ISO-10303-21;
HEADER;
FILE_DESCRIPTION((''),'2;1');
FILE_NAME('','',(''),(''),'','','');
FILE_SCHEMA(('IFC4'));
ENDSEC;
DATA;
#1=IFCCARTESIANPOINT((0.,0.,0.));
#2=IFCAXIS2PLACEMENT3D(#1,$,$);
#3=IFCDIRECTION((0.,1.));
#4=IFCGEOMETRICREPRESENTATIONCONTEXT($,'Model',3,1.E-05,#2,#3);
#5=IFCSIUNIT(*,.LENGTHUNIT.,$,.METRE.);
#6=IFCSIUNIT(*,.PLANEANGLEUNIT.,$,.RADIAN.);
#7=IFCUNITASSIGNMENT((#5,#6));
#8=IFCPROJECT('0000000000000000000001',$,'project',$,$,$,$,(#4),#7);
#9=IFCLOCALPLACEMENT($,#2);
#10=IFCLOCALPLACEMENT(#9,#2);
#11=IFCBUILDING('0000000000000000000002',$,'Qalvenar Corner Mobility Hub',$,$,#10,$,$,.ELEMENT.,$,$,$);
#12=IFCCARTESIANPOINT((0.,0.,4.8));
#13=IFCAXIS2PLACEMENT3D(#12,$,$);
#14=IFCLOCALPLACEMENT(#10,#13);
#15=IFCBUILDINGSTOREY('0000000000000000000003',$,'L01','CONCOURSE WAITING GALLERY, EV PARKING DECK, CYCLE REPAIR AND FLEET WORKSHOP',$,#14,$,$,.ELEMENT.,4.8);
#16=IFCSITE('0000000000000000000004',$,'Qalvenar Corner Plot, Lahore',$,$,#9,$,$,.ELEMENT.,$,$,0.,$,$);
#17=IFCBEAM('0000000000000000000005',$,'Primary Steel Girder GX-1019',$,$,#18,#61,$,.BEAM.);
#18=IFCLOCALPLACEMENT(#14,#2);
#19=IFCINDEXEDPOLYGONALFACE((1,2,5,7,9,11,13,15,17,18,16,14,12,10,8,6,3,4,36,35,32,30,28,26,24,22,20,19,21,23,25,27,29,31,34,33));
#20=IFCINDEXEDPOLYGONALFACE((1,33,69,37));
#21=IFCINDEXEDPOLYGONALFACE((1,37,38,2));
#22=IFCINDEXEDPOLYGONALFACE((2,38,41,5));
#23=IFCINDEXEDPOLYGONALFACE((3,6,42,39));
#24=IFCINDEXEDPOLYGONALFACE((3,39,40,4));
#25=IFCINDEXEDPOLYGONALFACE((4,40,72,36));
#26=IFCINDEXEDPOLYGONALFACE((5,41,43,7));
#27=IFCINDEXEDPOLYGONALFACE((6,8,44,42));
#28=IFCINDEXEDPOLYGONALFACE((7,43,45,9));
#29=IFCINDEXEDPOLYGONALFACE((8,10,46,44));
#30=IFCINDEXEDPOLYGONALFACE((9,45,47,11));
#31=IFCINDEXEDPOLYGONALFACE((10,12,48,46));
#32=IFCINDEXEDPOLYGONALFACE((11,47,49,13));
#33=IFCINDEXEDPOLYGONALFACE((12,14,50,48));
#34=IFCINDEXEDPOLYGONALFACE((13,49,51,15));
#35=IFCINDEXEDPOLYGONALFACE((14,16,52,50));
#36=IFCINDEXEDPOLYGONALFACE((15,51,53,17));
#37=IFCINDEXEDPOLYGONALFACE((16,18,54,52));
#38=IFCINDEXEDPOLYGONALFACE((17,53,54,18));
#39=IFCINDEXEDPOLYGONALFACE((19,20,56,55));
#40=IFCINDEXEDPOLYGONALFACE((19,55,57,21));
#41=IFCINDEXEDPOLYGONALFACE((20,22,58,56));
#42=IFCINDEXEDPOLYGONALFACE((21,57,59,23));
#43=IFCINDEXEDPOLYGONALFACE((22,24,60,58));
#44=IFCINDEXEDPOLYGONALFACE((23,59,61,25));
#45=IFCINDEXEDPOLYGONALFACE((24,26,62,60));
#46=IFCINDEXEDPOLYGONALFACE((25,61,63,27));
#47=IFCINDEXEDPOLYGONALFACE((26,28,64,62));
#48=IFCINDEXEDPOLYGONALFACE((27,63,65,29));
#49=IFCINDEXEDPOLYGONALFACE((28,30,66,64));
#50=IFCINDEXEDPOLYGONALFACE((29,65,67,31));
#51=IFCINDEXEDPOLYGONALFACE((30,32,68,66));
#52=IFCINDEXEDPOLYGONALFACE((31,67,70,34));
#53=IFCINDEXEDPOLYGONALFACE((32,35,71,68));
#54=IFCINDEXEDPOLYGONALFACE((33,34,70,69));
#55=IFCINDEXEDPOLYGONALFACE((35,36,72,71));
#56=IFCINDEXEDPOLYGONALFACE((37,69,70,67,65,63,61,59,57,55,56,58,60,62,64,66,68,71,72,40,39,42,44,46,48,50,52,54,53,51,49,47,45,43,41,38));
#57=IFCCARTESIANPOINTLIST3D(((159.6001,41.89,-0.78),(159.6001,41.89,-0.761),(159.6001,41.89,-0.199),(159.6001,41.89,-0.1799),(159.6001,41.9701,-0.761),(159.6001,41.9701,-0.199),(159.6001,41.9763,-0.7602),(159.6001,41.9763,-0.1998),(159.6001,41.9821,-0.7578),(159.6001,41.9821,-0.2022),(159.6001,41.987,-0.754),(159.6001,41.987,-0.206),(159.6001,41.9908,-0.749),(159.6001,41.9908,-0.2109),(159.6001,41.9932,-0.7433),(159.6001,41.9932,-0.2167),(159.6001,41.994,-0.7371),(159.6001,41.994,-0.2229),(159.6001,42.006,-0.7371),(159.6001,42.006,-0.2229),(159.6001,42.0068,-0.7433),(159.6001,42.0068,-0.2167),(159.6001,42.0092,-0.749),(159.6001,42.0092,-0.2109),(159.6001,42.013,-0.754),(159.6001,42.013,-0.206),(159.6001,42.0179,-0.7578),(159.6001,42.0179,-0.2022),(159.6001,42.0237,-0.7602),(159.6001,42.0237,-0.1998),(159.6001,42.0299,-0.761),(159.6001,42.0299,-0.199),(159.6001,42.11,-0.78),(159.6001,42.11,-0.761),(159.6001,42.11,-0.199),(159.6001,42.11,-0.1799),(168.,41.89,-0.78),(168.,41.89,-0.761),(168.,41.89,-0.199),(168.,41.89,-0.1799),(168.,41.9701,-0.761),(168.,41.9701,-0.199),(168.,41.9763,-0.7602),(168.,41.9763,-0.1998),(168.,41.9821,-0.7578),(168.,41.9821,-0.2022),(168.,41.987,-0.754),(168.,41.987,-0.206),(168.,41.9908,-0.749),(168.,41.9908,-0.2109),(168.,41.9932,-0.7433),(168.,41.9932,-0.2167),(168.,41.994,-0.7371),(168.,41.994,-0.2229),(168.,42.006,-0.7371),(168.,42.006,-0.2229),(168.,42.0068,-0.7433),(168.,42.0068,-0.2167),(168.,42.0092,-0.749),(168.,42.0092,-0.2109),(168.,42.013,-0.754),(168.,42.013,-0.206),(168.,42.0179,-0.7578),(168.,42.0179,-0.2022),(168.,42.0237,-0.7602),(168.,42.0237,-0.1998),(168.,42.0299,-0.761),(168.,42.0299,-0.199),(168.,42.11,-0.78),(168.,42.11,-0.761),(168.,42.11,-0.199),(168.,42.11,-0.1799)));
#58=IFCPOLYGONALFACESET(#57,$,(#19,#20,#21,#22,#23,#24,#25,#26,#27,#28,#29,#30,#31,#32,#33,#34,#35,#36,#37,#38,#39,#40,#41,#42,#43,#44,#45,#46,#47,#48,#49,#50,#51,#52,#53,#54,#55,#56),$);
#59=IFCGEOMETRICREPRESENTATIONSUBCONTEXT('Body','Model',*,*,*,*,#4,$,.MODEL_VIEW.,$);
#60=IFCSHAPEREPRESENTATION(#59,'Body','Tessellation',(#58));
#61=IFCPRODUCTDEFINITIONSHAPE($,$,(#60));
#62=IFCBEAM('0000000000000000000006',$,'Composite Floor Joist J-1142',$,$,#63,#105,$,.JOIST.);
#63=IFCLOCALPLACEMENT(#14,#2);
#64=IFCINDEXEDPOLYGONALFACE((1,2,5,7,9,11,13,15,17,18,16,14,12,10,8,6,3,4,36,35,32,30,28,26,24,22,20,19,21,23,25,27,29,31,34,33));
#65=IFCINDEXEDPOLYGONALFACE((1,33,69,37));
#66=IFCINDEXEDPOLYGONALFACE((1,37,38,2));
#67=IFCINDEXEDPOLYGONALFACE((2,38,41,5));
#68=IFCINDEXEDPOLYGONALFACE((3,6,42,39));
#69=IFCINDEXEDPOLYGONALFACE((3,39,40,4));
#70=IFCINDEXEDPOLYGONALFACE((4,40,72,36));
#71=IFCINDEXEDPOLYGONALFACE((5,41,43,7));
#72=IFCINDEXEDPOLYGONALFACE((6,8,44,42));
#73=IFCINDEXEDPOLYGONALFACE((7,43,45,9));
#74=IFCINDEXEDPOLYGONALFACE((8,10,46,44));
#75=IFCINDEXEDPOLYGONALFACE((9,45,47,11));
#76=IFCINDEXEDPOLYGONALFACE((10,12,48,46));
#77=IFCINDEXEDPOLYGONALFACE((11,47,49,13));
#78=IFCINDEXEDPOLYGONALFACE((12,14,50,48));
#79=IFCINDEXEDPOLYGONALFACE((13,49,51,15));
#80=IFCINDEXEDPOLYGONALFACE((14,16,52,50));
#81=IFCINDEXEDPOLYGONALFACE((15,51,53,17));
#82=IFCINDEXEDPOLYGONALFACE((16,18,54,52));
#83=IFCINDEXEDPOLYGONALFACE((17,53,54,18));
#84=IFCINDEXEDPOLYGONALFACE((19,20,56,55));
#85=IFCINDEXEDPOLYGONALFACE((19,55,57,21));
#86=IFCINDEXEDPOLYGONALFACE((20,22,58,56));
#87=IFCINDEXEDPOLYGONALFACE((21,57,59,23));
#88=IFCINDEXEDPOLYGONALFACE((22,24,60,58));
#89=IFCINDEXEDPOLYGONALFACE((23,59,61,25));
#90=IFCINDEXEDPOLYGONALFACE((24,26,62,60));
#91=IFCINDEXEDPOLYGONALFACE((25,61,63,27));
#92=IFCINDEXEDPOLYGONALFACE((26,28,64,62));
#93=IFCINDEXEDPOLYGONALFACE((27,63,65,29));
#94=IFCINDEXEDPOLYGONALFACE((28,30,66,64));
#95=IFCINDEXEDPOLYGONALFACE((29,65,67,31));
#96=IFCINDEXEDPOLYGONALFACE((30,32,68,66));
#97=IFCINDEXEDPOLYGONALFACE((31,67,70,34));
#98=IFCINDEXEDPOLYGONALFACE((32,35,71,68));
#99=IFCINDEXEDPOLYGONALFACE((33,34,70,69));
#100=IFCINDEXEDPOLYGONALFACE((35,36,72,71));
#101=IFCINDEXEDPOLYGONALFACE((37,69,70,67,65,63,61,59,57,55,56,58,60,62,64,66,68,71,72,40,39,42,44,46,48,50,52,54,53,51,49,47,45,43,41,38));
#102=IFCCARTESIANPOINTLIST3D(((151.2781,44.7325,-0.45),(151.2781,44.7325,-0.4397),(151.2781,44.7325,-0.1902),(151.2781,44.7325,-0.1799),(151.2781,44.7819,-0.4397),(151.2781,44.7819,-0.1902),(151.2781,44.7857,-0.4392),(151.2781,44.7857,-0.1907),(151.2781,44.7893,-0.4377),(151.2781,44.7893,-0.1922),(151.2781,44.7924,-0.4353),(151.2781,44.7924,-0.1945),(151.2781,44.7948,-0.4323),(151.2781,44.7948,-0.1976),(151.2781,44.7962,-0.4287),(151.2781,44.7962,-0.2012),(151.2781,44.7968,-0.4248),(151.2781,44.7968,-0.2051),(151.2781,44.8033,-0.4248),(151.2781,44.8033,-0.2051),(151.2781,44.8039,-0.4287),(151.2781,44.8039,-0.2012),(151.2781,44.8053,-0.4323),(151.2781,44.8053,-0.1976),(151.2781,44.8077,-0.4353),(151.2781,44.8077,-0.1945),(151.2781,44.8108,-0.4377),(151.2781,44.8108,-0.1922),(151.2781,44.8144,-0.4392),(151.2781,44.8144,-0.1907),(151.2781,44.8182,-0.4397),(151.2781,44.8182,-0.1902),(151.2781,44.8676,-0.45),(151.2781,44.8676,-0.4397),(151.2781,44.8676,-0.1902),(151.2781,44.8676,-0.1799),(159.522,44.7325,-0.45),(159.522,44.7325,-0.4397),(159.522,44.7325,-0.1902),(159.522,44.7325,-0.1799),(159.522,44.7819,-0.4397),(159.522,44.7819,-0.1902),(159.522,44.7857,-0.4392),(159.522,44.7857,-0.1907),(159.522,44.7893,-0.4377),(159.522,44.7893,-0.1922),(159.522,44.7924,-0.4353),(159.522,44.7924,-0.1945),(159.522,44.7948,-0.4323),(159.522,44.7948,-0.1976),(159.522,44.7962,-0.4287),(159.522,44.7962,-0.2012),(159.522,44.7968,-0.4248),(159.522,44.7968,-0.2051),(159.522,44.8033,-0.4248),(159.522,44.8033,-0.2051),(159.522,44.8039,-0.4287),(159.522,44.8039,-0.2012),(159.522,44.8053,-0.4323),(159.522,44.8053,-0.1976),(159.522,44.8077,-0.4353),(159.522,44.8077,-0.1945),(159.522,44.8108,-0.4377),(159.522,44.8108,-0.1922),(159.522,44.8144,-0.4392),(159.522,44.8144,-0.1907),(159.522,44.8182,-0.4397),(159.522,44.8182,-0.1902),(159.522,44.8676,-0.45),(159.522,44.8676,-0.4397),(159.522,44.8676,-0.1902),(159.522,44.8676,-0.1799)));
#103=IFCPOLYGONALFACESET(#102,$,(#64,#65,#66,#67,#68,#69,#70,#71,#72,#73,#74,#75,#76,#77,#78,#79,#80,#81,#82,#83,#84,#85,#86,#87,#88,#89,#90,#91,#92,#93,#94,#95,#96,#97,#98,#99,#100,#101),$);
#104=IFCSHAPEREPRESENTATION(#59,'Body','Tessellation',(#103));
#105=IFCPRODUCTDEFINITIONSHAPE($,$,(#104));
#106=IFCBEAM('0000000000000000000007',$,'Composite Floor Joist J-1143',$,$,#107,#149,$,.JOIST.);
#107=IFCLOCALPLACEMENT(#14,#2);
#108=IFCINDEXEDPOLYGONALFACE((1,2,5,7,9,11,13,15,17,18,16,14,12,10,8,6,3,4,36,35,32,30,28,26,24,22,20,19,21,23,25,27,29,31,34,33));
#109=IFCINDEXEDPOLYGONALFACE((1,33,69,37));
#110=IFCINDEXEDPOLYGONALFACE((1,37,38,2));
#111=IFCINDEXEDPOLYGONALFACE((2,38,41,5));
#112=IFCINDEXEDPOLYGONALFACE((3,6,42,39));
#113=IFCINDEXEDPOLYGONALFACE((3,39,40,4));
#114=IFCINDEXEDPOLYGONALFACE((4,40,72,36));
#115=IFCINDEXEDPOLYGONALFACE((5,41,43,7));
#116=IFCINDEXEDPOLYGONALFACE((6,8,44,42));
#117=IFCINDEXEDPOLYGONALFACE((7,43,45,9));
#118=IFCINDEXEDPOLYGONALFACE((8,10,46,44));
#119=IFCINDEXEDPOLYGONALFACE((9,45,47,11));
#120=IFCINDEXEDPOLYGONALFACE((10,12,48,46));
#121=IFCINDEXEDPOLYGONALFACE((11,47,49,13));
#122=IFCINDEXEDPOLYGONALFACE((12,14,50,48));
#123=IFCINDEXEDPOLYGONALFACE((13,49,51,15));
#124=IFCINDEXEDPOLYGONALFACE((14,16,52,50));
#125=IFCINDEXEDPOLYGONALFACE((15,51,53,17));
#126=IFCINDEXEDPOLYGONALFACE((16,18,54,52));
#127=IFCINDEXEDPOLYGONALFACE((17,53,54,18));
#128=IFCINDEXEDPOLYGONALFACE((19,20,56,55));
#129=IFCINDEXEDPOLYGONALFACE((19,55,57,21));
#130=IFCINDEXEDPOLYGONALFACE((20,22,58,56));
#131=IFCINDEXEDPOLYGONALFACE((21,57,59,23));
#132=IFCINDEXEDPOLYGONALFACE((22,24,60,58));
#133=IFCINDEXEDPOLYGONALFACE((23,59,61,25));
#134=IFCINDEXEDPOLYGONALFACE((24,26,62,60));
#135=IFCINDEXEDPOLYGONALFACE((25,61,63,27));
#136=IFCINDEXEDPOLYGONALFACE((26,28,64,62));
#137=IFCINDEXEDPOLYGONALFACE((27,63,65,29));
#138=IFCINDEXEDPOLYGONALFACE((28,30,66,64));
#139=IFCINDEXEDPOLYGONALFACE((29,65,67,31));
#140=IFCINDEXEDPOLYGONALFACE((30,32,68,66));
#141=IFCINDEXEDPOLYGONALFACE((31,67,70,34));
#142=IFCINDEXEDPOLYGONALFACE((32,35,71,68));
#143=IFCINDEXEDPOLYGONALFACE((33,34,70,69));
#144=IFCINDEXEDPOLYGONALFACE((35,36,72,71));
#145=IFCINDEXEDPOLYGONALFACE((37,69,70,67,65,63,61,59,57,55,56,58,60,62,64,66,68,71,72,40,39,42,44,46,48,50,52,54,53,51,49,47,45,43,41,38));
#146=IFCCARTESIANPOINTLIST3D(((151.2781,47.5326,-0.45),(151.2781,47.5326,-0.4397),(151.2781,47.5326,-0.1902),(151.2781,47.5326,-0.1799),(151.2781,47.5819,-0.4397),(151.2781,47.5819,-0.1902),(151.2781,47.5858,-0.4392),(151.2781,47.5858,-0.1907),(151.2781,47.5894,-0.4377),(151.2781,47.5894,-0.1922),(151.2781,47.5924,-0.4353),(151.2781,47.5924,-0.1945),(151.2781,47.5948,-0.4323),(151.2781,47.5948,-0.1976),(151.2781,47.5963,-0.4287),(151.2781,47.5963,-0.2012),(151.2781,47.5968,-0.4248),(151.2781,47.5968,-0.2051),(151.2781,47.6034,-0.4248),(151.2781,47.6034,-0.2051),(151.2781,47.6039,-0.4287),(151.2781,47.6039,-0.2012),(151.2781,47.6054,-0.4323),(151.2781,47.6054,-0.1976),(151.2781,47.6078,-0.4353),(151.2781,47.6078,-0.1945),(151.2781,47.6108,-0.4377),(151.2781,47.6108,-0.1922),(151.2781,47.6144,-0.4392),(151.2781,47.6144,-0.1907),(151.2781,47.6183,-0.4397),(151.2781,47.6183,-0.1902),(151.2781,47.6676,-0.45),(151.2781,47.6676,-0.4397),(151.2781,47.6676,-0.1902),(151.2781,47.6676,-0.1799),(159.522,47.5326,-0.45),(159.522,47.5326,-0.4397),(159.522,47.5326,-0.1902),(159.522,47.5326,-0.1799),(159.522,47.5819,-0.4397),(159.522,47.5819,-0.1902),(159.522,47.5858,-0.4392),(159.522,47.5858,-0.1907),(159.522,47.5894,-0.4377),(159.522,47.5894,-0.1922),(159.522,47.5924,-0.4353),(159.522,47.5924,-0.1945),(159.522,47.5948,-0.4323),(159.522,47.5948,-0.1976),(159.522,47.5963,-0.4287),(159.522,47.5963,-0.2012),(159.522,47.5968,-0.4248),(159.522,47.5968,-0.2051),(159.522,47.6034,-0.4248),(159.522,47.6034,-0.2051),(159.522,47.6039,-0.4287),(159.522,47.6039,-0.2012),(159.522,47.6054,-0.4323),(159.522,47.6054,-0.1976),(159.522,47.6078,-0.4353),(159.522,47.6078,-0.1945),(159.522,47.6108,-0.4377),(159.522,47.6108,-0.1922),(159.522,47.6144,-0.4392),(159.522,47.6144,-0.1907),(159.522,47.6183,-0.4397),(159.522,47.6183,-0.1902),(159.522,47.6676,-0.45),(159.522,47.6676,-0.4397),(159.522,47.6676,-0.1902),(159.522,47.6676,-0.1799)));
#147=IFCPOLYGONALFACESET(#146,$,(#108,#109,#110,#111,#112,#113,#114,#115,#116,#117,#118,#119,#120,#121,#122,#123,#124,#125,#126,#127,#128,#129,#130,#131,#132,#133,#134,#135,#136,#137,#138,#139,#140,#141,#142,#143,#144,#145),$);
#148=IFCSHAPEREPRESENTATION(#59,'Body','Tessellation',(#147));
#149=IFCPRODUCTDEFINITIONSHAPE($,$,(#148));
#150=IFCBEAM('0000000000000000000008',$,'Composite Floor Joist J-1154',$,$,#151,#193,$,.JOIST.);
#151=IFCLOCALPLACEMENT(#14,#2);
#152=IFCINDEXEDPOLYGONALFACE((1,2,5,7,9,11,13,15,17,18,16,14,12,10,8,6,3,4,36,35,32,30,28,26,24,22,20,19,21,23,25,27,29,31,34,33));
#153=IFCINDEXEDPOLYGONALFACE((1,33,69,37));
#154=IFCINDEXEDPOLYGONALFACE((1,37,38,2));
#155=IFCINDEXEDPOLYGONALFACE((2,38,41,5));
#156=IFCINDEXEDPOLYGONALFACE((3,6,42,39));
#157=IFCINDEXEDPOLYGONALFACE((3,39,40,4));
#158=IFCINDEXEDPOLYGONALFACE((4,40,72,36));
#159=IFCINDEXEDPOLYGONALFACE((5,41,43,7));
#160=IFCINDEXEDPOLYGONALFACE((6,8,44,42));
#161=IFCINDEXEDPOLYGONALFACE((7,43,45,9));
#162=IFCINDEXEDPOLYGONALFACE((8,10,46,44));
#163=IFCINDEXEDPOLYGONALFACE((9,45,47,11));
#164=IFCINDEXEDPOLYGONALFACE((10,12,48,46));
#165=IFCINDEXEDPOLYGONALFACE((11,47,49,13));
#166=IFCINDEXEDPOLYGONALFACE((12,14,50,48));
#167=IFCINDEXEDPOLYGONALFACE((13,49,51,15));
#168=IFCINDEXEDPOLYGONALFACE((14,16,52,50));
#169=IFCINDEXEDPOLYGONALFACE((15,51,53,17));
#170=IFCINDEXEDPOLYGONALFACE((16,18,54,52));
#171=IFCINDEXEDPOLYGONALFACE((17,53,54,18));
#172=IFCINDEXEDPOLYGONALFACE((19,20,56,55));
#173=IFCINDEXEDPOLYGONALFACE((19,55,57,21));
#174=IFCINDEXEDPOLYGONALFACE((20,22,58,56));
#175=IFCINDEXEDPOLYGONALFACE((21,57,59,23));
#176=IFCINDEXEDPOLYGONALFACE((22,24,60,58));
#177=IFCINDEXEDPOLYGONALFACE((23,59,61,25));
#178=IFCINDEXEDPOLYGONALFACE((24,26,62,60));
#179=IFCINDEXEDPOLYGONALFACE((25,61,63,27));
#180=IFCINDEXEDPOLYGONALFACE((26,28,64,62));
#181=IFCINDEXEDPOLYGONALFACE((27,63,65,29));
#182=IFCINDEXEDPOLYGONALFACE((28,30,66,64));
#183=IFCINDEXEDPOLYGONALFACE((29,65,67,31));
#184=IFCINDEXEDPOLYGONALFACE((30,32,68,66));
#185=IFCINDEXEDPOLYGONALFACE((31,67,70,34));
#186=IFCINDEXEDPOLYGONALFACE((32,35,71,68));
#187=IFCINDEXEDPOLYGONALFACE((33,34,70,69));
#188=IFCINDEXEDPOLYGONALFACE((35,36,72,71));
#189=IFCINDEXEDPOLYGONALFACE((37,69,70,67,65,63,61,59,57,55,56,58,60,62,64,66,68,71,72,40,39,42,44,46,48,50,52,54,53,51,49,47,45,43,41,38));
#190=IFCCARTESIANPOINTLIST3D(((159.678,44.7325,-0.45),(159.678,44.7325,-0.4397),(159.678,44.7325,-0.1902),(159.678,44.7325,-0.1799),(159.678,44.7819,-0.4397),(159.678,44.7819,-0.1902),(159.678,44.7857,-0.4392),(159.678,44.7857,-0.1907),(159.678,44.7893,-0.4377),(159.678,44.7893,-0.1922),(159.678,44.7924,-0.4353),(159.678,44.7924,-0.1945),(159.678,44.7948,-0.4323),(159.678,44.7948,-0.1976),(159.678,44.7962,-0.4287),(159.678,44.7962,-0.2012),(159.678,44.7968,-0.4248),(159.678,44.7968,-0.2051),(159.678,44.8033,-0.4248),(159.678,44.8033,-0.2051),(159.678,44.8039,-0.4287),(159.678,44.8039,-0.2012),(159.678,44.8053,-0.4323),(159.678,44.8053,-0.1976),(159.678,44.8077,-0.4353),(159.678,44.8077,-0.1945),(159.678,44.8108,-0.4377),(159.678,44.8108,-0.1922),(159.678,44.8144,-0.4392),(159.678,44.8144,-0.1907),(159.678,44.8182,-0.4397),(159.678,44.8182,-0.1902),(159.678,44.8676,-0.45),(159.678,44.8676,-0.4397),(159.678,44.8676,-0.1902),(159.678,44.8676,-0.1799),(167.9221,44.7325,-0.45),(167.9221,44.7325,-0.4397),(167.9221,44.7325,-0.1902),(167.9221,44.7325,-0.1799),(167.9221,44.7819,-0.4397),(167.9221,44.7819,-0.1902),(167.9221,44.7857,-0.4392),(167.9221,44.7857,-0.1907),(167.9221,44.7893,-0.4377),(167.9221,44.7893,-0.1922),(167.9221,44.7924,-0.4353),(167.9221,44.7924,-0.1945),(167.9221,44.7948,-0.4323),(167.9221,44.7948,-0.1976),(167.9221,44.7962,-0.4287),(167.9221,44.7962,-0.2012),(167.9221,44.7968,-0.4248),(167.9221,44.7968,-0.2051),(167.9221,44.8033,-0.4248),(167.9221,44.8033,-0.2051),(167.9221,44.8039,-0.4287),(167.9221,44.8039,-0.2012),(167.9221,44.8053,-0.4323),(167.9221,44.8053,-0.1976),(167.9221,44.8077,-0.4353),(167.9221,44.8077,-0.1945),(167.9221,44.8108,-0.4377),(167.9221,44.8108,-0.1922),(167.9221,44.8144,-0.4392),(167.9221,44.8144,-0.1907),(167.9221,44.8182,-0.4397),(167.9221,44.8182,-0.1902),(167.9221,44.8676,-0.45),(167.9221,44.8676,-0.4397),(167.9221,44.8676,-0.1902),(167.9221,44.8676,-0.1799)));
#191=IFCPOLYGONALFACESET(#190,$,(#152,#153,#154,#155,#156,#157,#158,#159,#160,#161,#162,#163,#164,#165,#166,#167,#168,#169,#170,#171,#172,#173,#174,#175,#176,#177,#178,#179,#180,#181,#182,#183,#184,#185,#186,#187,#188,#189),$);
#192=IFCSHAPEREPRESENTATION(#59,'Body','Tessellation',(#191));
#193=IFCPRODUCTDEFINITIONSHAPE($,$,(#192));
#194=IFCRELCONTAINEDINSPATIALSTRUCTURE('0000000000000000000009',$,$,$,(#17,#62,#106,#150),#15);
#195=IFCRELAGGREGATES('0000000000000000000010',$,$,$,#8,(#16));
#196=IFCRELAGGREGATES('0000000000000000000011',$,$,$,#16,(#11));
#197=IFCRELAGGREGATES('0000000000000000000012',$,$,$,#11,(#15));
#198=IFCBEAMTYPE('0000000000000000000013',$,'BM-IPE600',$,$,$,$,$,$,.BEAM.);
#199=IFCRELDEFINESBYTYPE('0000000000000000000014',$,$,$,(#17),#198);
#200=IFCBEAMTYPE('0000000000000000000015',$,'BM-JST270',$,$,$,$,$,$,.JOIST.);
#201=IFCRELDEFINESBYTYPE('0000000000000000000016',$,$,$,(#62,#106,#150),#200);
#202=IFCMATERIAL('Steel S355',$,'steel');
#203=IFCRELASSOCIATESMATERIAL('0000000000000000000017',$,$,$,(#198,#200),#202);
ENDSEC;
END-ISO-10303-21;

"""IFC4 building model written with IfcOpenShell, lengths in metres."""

from ifc_helpers import new_model, si_unit, direction, frame, origin, origin_2d, place, context, subcontext, project, spatial, i_section, extrude, material, material_profile, profile_set, type_object, element, save


model = new_model("IFC4")

# Units and contexts
model_context = context("Model", 3, precision=1e-05, world=origin(), true_north=direction((0.0, 1.0)))
body_context = subcontext(model_context, "Body", "Model", "MODEL_VIEW")
ifc_project = project(units=[si_unit("LENGTHUNIT", "METRE"), si_unit("PLANEANGLEUNIT", "RADIAN")], contexts=[model_context])

# Site, building, storey
site_placement = place(None, origin())
site = spatial("IfcSite", under=ifc_project, at=site_placement, Name="Qalvenar Corner Plot, Lahore", CompositionType="ELEMENT", RefElevation=0.0)
building_placement = place(site_placement, origin())
building = spatial("IfcBuilding", under=site, at=building_placement, Name="Qalvenar Corner Mobility Hub", CompositionType="ELEMENT")
storey_placement = place(building_placement, frame((0.0, 0.0, 4.8)))
storey = spatial("IfcBuildingStorey", under=building, at=storey_placement, Name="L01", Description="CONCOURSE WAITING GALLERY, EV PARKING DECK, CYCLE REPAIR AND FLEET WORKSHOP", CompositionType="ELEMENT", Elevation=4.8)

# Shared definitions
ifc_material_1 = material(Name="Steel S355", Category="steel")

# Beams
ifc_material_profile_1 = material_profile(ifc_material_1, i_section(OverallWidth=0.22, OverallDepth=0.6001, WebThickness=0.012, FlangeThickness=0.019, FilletRadius=0.0239, at=origin_2d()), Name="IPE600")
ifc_profile_set_1 = profile_set([ifc_material_profile_1], Name="Steel S355")
beam_type_1 = type_object("IfcBeamType", Name="BM-IPE600", PredefinedType="BEAM", material=ifc_profile_set_1)
beam_1_placement = place(storey_placement, frame((159.6001, 42.0, -0.48), z_axis=(1.0, 0.0, 0.0), x_axis=(0.0, 1.0, 0.0)))
element("IfcBeam", 1, at=beam_1_placement, inside=storey, type_object=beam_type_1, Name="Primary Steel Girder GX-1019", PredefinedType="BEAM", context=body_context, shape_type="SweptSolid", body=[
    extrude(i_section(OverallWidth=0.22, OverallDepth=0.6001, WebThickness=0.012, FlangeThickness=0.019, FilletRadius=0.0239, at=origin_2d()), origin(), (0.0, 0.0, 1.0), 8.3999),
])
ifc_material_profile_2 = material_profile(ifc_material_1, i_section(OverallWidth=0.135, OverallDepth=0.27, WebThickness=0.0066, FlangeThickness=0.0103, FilletRadius=0.0149, at=origin_2d()), Name="IPE270")
ifc_profile_set_2 = profile_set([ifc_material_profile_2], Name="Steel S355")
beam_type_2 = type_object("IfcBeamType", Name="BM-JST270", PredefinedType="JOIST", material=ifc_profile_set_2)
for number, where, z_axis, x_axis, name in (
    (2, (151.2781, 44.8, -0.3149), (1.0, 0.0, 0.0), (0.0, 1.0, 0.0), "Composite Floor Joist J-1142"),
    (3, (151.2781, 47.6001, -0.3149), (1.0, 0.0, 0.0), (0.0, 1.0, 0.0), "Composite Floor Joist J-1143"),
):
    element("IfcBeam", number, at=place(storey_placement, frame(where, z_axis=z_axis, x_axis=x_axis)), inside=storey, type_object=beam_type_2, Name=name, PredefinedType="JOIST", context=body_context, shape_type="SweptSolid", body=[
        extrude(i_section(OverallWidth=0.135, OverallDepth=0.27, WebThickness=0.0066, FlangeThickness=0.0103, FilletRadius=0.0149, at=origin_2d()), origin(), (0.0, 0.0, 1.0), 8.2439),
    ])
for number, where, z_axis, x_axis, name in (
    (4, (159.678, 44.8, -0.3149), (1.0, 0.0, 0.0), (0.0, 1.0, 0.0), "Composite Floor Joist J-1154"),
):
    element("IfcBeam", number, at=place(storey_placement, frame(where, z_axis=z_axis, x_axis=x_axis)), inside=storey, type_object=beam_type_2, Name=name, PredefinedType="JOIST", context=body_context, shape_type="SweptSolid", body=[
        extrude(i_section(OverallWidth=0.135, OverallDepth=0.27, WebThickness=0.0066, FlangeThickness=0.0103, FilletRadius=0.0149, at=origin_2d()), origin(), (0.0, 0.0, 1.0), 8.2441),
    ])

save(model, "model.ifc")
